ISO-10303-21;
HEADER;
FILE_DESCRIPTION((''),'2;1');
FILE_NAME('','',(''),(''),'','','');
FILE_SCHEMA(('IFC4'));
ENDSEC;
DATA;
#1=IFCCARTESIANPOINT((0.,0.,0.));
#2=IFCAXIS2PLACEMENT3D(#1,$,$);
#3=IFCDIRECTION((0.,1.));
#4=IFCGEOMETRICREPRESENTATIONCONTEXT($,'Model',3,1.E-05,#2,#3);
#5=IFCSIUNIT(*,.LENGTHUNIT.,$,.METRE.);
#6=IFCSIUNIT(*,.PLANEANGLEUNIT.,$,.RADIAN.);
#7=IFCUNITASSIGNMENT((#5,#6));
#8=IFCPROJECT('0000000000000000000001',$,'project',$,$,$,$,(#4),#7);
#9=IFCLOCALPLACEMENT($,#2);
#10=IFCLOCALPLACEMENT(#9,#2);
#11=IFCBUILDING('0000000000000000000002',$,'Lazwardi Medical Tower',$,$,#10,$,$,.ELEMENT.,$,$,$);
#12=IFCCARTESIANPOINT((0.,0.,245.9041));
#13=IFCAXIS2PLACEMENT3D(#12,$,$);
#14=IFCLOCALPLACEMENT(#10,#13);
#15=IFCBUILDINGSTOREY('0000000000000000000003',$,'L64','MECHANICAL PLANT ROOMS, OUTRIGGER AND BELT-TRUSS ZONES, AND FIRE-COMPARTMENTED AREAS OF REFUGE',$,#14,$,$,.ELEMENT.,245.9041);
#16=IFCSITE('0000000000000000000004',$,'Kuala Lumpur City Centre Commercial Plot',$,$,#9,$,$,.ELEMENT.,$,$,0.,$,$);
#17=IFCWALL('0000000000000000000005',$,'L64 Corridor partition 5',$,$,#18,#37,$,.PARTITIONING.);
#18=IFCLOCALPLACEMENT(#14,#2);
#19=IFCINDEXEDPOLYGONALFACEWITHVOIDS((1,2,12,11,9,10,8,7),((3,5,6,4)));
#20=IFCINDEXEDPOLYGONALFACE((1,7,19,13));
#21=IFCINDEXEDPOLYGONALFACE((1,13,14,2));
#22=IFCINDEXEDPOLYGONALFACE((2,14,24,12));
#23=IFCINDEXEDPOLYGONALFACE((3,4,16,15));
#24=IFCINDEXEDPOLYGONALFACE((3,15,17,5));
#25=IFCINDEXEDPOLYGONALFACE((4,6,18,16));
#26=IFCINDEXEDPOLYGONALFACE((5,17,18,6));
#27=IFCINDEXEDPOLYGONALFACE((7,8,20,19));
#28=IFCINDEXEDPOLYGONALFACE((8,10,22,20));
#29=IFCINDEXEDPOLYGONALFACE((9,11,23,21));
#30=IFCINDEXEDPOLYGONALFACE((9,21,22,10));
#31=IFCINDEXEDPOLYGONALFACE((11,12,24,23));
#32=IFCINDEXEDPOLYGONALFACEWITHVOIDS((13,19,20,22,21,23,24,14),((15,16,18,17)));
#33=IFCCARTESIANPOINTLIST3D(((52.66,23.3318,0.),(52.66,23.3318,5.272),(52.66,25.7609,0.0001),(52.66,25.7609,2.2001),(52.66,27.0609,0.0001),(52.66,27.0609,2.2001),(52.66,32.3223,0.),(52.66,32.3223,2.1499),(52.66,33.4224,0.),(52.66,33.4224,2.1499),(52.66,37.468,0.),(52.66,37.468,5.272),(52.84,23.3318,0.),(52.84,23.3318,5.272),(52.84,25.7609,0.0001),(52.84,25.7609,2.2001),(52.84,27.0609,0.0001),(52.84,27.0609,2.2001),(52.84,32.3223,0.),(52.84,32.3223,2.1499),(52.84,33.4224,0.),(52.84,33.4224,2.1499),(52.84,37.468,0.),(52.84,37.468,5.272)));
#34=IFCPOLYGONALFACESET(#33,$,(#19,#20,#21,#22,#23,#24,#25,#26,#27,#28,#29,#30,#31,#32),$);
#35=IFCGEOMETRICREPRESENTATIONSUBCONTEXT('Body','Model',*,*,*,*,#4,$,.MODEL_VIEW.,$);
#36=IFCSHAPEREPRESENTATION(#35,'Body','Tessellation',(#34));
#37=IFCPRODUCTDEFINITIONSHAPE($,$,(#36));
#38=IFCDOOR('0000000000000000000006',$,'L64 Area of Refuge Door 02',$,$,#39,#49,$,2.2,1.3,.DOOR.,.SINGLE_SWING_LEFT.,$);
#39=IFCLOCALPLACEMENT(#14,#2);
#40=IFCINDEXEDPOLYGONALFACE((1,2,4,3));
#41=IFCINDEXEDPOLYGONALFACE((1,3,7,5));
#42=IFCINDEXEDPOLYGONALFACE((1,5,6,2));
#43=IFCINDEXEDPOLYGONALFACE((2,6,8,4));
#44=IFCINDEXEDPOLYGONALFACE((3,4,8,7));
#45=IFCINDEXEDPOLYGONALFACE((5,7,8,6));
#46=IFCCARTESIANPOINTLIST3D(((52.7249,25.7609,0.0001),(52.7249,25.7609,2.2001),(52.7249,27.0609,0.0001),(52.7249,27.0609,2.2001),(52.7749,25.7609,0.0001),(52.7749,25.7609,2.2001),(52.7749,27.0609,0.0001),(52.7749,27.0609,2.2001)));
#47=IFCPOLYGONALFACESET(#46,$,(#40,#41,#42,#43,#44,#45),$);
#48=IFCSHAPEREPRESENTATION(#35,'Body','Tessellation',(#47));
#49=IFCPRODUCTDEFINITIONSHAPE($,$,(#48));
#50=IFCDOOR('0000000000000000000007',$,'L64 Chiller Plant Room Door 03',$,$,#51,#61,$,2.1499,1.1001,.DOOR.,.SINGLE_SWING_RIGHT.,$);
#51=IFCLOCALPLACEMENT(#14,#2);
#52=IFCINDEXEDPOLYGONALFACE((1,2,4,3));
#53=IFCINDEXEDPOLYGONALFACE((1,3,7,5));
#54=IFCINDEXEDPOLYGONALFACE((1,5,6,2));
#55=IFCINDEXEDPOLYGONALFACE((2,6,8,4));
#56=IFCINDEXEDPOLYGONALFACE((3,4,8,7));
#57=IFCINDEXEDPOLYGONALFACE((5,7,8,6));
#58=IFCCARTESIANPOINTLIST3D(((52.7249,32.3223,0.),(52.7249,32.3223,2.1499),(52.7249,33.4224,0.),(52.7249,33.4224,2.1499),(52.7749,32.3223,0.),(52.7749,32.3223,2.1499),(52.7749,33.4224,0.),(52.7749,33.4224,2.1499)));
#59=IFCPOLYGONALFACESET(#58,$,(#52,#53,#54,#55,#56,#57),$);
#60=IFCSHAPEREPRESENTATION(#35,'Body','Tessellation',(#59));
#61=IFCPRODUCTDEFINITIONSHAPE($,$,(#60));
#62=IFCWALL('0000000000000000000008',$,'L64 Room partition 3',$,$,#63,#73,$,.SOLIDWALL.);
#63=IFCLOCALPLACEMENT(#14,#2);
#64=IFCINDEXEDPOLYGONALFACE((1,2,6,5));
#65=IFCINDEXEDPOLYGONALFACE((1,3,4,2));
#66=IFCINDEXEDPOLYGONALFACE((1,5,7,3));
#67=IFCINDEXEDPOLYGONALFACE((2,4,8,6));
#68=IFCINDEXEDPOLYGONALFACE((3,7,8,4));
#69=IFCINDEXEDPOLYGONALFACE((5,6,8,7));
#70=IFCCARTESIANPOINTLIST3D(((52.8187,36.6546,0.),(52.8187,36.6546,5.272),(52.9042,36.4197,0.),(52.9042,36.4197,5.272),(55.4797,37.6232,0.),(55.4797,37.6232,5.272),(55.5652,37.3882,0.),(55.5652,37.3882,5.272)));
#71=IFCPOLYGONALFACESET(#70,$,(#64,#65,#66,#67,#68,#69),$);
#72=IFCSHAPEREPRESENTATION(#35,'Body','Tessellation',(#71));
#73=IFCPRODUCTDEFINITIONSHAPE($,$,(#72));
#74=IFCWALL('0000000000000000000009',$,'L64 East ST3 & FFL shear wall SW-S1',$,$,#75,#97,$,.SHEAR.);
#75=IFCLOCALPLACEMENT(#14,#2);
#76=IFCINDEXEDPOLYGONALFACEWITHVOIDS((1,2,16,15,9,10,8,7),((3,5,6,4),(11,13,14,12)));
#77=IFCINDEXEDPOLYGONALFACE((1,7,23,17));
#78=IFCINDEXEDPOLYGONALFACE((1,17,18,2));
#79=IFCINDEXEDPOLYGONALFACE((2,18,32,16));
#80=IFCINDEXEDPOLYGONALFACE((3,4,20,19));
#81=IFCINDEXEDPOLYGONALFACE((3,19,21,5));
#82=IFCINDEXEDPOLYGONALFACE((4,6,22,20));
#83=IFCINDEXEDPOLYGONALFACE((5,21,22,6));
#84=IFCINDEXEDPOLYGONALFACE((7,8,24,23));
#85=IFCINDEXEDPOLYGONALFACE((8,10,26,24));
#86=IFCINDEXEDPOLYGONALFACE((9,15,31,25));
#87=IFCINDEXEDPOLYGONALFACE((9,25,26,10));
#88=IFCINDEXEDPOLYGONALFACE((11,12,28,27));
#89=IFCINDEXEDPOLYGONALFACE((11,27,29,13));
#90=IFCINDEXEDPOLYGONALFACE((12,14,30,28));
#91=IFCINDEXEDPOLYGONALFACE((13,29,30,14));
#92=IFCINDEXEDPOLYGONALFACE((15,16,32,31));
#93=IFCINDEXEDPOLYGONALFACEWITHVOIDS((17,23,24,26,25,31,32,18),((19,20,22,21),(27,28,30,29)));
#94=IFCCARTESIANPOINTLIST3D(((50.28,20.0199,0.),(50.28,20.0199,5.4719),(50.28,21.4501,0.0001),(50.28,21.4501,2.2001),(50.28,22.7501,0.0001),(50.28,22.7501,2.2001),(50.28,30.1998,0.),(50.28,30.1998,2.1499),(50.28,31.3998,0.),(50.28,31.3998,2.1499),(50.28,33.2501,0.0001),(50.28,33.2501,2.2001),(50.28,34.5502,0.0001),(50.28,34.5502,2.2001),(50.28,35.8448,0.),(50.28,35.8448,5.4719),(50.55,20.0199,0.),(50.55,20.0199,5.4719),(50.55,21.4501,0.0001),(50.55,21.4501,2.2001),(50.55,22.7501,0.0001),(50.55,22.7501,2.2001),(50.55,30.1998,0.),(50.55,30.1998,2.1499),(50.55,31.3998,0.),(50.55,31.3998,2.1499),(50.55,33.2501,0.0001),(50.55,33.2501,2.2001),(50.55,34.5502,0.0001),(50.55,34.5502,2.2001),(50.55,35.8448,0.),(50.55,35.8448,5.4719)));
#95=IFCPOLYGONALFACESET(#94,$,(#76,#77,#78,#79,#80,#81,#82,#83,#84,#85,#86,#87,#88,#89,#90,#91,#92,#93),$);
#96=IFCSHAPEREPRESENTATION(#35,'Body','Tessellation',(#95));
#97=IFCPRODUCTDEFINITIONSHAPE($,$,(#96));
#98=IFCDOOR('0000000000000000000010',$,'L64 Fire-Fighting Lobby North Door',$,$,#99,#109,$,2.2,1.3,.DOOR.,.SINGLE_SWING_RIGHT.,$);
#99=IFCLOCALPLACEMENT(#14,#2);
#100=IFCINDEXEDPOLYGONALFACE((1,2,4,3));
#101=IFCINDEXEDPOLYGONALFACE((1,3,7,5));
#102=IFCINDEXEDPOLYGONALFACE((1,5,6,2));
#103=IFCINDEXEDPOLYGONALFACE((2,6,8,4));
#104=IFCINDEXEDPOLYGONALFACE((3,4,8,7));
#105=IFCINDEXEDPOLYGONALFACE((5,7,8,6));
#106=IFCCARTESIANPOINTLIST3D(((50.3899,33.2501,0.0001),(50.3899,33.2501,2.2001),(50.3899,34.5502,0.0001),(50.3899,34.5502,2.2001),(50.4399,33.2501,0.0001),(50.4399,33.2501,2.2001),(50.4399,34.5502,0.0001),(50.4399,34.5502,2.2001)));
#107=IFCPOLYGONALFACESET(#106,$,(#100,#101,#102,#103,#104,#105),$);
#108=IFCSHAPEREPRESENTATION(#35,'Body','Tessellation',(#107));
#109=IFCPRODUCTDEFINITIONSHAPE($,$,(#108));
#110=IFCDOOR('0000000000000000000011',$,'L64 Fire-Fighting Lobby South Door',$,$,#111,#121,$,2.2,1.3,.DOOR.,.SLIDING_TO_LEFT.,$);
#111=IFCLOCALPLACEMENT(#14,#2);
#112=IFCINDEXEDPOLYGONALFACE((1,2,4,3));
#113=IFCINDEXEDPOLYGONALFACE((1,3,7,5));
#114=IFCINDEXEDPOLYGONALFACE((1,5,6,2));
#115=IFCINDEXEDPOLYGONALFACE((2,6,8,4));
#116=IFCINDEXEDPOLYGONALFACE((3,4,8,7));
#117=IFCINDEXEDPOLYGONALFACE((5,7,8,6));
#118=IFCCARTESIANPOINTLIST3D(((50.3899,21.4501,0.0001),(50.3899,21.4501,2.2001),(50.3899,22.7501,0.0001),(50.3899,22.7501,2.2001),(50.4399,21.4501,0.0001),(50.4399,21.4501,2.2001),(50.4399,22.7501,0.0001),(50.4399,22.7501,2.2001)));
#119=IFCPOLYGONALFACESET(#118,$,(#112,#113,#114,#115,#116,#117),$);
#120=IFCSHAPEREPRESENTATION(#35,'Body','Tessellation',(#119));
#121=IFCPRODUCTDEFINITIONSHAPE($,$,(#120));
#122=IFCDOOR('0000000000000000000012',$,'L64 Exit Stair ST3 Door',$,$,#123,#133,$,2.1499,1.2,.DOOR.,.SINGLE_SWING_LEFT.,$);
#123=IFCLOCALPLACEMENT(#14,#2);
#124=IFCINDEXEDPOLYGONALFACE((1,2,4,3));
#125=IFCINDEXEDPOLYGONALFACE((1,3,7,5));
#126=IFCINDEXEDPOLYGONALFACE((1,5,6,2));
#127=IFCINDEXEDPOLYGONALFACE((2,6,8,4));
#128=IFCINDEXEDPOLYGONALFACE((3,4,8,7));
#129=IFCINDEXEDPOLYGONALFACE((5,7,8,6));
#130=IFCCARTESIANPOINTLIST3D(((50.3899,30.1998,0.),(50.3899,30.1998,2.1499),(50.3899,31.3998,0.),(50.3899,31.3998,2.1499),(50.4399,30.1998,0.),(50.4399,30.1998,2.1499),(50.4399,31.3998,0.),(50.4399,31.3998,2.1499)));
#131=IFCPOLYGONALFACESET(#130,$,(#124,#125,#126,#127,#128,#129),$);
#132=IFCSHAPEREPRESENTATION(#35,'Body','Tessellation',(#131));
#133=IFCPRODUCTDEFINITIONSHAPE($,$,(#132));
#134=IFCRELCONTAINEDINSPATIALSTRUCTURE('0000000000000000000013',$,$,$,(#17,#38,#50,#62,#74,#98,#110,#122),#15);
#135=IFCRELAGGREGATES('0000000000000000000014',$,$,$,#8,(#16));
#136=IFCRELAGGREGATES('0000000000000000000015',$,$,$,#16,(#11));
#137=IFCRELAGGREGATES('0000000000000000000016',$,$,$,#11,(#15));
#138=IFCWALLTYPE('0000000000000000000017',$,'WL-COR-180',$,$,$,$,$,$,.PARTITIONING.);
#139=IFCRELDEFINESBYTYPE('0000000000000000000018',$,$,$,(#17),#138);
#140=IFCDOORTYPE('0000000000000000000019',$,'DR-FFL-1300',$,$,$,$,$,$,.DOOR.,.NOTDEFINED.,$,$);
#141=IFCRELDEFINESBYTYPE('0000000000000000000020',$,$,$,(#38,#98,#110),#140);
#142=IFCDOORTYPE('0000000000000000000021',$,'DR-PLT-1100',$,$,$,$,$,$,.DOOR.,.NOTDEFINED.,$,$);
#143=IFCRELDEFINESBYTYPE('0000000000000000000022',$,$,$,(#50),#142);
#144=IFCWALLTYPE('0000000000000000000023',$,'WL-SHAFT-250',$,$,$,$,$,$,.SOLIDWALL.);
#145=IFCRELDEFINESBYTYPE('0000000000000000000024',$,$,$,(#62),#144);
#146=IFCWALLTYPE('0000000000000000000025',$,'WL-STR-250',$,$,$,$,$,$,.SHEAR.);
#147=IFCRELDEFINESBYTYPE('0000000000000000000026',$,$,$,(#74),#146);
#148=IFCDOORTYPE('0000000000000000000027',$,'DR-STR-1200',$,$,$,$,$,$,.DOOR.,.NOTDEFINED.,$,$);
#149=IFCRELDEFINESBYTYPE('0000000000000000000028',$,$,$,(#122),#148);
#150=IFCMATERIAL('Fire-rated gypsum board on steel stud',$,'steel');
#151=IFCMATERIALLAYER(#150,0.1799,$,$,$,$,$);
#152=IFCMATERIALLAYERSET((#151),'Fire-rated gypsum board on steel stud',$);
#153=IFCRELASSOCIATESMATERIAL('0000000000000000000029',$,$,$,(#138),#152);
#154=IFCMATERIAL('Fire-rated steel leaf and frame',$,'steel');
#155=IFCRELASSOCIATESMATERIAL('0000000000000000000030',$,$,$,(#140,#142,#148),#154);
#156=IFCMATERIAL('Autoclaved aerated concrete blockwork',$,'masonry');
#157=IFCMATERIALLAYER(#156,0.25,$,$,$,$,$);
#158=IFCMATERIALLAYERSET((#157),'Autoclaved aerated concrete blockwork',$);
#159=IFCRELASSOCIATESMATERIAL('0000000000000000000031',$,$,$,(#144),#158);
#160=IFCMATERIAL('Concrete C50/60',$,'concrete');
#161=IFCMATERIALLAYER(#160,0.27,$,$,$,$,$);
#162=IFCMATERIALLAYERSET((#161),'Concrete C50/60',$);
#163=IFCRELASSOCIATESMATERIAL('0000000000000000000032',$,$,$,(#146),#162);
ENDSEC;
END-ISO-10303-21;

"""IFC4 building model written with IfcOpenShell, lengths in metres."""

from ifc_helpers import new_model, si_unit, direction, frame, frame_2d, origin, place, context, subcontext, project, spatial, rectangle, extrude, material, layer, layer_set, type_object, element, fill, save


model = new_model("IFC4")

# Units and contexts
model_context = context("Model", 3, precision=1e-05, world=origin(), true_north=direction((0.0, 1.0)))
body_context = subcontext(model_context, "Body", "Model", "MODEL_VIEW")
ifc_project = project(units=[si_unit("LENGTHUNIT", "METRE"), si_unit("PLANEANGLEUNIT", "RADIAN")], contexts=[model_context])

# Site, building, storey
site_placement = place(None, origin())
site = spatial("IfcSite", under=ifc_project, at=site_placement, Name="Kuala Lumpur City Centre Commercial Plot", CompositionType="ELEMENT", RefElevation=0.0)
building_placement = place(site_placement, origin())
building = spatial("IfcBuilding", under=site, at=building_placement, Name="Lazwardi Medical Tower", CompositionType="ELEMENT")
storey_placement = place(building_placement, frame((0.0, 0.0, 245.9041)))
storey = spatial("IfcBuildingStorey", under=building, at=storey_placement, Name="L64", Description="MECHANICAL PLANT ROOMS, OUTRIGGER AND BELT-TRUSS ZONES, AND FIRE-COMPARTMENTED AREAS OF REFUGE", CompositionType="ELEMENT", Elevation=245.9041)

# Wall, openings, doors
ifc_material_1 = material(Name="Fire-rated gypsum board on steel stud", Category="steel")
ifc_layer_1 = layer(ifc_material_1, 0.1799)
ifc_layer_set_1 = layer_set([ifc_layer_1], Name="Fire-rated gypsum board on steel stud")
wall_type_1 = type_object("IfcWallType", Name="WL-COR-180", PredefinedType="PARTITIONING", material=ifc_layer_set_1)
wall_1_placement = place(storey_placement, frame((52.75, 37.468, 0.0), z_axis=(0.0, 0.0, 1.0), x_axis=(0.0, -1.0, 0.0)))
wall_1 = element("IfcWall", 1, at=wall_1_placement, inside=storey, type_object=wall_type_1, Name="L64 Corridor partition 5", PredefinedType="PARTITIONING", context=body_context, shape_type="SweptSolid", body=[
    extrude(rectangle(XDim=14.1362, YDim=0.1799, at=frame_2d((7.0681, 0.0))), origin(), (0.0, 0.0, 1.0), 5.272),
])
opening_1_placement = place(wall_1_placement, frame((10.4072, 0.0, 0.0)))
opening_1 = element("IfcOpeningElement", 2, at=opening_1_placement, cuts=wall_1, PredefinedType="OPENING", context=body_context, shape_type="SweptSolid", body=[
    extrude(rectangle(XDim=1.3, YDim=2.2, at=frame_2d((0.6499, 1.1001))), frame((0.0, 0.0999, 0.0), z_axis=(0.0, -1.0, 0.0), x_axis=(1.0, 0.0, 0.0)), (0.0, 0.0, 1.0), 0.2),
])
opening_2_placement = place(wall_1_placement, frame((4.0457, 0.0, 0.0)))
opening_2 = element("IfcOpeningElement", 3, at=opening_2_placement, cuts=wall_1, PredefinedType="OPENING", context=body_context, shape_type="SweptSolid", body=[
    extrude(rectangle(XDim=1.1001, YDim=2.1499, at=frame_2d((0.55, 1.075))), frame((0.0, 0.0999, 0.0), z_axis=(0.0, -1.0, 0.0), x_axis=(1.0, 0.0, 0.0)), (0.0, 0.0, 1.0), 0.2),
])
ifc_material_2 = material(Name="Fire-rated steel leaf and frame", Category="steel")
door_type_1 = type_object("IfcDoorType", Name="DR-FFL-1300", OperationType="NOTDEFINED", PredefinedType="DOOR", material=ifc_material_2)
door_1_placement = place(opening_1_placement, origin())
door_1 = element("IfcDoor", 4, at=door_1_placement, inside=storey, type_object=door_type_1, Name="L64 Area of Refuge Door 02", OperationType="SINGLE_SWING_LEFT", OverallHeight=2.2, OverallWidth=1.3, PredefinedType="DOOR", context=body_context, shape_type="SweptSolid", body=[
    extrude(rectangle(XDim=1.3, YDim=2.2, at=frame_2d((0.6499, 1.1001))), frame((0.0, 0.0249, 0.0), z_axis=(0.0, -1.0, 0.0), x_axis=(1.0, 0.0, 0.0)), (0.0, 0.0, 1.0), 0.05),
])
fill(opening_1, door_1)
door_type_2 = type_object("IfcDoorType", Name="DR-PLT-1100", OperationType="NOTDEFINED", PredefinedType="DOOR", material=ifc_material_2)
door_2_placement = place(opening_2_placement, origin())
door_2 = element("IfcDoor", 5, at=door_2_placement, inside=storey, type_object=door_type_2, Name="L64 Chiller Plant Room Door 03", OperationType="SINGLE_SWING_RIGHT", OverallHeight=2.1499, OverallWidth=1.1001, PredefinedType="DOOR", context=body_context, shape_type="SweptSolid", body=[
    extrude(rectangle(XDim=1.1001, YDim=2.1499, at=frame_2d((0.55, 1.075))), frame((0.0, 0.0249, 0.0), z_axis=(0.0, -1.0, 0.0), x_axis=(1.0, 0.0, 0.0)), (0.0, 0.0, 1.0), 0.05),
])
fill(opening_2, door_2)

# Wall
ifc_material_3 = material(Name="Autoclaved aerated concrete blockwork", Category="masonry")
ifc_layer_2 = layer(ifc_material_3, 0.25)
ifc_layer_set_2 = layer_set([ifc_layer_2], Name="Autoclaved aerated concrete blockwork")
wall_type_2 = type_object("IfcWallType", Name="WL-SHAFT-250", PredefinedType="SOLIDWALL", material=ifc_layer_set_2)
wall_2_placement = place(storey_placement, frame((52.8613, 36.5371, 0.0), z_axis=(0.0, 0.0, 1.0), x_axis=(0.93969, 0.342027, 0.0)))
element("IfcWall", 6, at=wall_2_placement, inside=storey, type_object=wall_type_2, Name="L64 Room partition 3", PredefinedType="SOLIDWALL", context=body_context, shape_type="SweptSolid", body=[
    extrude(rectangle(XDim=2.8318, YDim=0.25, at=frame_2d((1.416, 0.0))), origin(), (0.0, 0.0, 1.0), 5.272),
])

# Wall, openings, doors
ifc_material_4 = material(Name="Concrete C50/60", Category="concrete")
ifc_layer_3 = layer(ifc_material_4, 0.27)
ifc_layer_set_3 = layer_set([ifc_layer_3], Name="Concrete C50/60")
wall_type_3 = type_object("IfcWallType", Name="WL-STR-250", PredefinedType="SHEAR", material=ifc_layer_set_3)
wall_3_placement = place(storey_placement, frame((50.415, 35.845, 0.0), z_axis=(0.0, 0.0, 1.0), x_axis=(0.0, -1.0, 0.0)))
wall_3 = element("IfcWall", 7, at=wall_3_placement, inside=storey, type_object=wall_type_3, Name="L64 East ST3 & FFL shear wall SW-S1", PredefinedType="SHEAR", context=body_context, shape_type="SweptSolid", body=[
    extrude(rectangle(XDim=15.825, YDim=0.27, at=frame_2d((7.9126, 0.0))), origin(), (0.0, 0.0, 1.0), 5.4719),
])
opening_3_placement = place(wall_3_placement, frame((4.4451, 0.0, 0.0)))
opening_3 = element("IfcOpeningElement", 8, at=opening_3_placement, cuts=wall_3, PredefinedType="OPENING", context=body_context, shape_type="SweptSolid", body=[
    extrude(rectangle(XDim=1.2, YDim=2.1499, at=frame_2d((0.6001, 1.075))), frame((0.0, 0.145, 0.0), z_axis=(0.0, -1.0, 0.0), x_axis=(1.0, 0.0, 0.0)), (0.0, 0.0, 1.0), 0.29),
])
opening_4_placement = place(wall_3_placement, frame((1.2949, 0.0, 0.0)))
opening_4 = element("IfcOpeningElement", 9, at=opening_4_placement, cuts=wall_3, PredefinedType="OPENING", context=body_context, shape_type="SweptSolid", body=[
    extrude(rectangle(XDim=1.3, YDim=2.2, at=frame_2d((0.6499, 1.1001))), frame((0.0, 0.145, 0.0), z_axis=(0.0, -1.0, 0.0), x_axis=(1.0, 0.0, 0.0)), (0.0, 0.0, 1.0), 0.29),
])
opening_5_placement = place(wall_3_placement, frame((13.095, 0.0, 0.0)))
opening_5 = element("IfcOpeningElement", 10, at=opening_5_placement, cuts=wall_3, PredefinedType="OPENING", context=body_context, shape_type="SweptSolid", body=[
    extrude(rectangle(XDim=1.3, YDim=2.2, at=frame_2d((0.6499, 1.1001))), frame((0.0, 0.145, 0.0), z_axis=(0.0, -1.0, 0.0), x_axis=(1.0, 0.0, 0.0)), (0.0, 0.0, 1.0), 0.29),
])
door_3_placement = place(opening_4_placement, origin())
door_3 = element("IfcDoor", 11, at=door_3_placement, inside=storey, type_object=door_type_1, Name="L64 Fire-Fighting Lobby North Door", OperationType="SINGLE_SWING_RIGHT", OverallHeight=2.2, OverallWidth=1.3, PredefinedType="DOOR", context=body_context, shape_type="SweptSolid", body=[
    extrude(rectangle(XDim=1.3, YDim=2.2, at=frame_2d((0.6499, 1.1001))), frame((0.0, 0.0249, 0.0), z_axis=(0.0, -1.0, 0.0), x_axis=(1.0, 0.0, 0.0)), (0.0, 0.0, 1.0), 0.05),
])
fill(opening_4, door_3)
door_4_placement = place(opening_5_placement, origin())
door_4 = element("IfcDoor", 12, at=door_4_placement, inside=storey, type_object=door_type_1, Name="L64 Fire-Fighting Lobby South Door", OperationType="SLIDING_TO_LEFT", OverallHeight=2.2, OverallWidth=1.3, PredefinedType="DOOR", context=body_context, shape_type="SweptSolid", body=[
    extrude(rectangle(XDim=1.3, YDim=2.2, at=frame_2d((0.6499, 1.1001))), frame((0.0, 0.0249, 0.0), z_axis=(0.0, -1.0, 0.0), x_axis=(1.0, 0.0, 0.0)), (0.0, 0.0, 1.0), 0.05),
])
fill(opening_5, door_4)
door_type_3 = type_object("IfcDoorType", Name="DR-STR-1200", OperationType="NOTDEFINED", PredefinedType="DOOR", material=ifc_material_2)
door_5_placement = place(opening_3_placement, origin())
door_5 = element("IfcDoor", 13, at=door_5_placement, inside=storey, type_object=door_type_3, Name="L64 Exit Stair ST3 Door", OperationType="SINGLE_SWING_LEFT", OverallHeight=2.1499, OverallWidth=1.2, PredefinedType="DOOR", context=body_context, shape_type="SweptSolid", body=[
    extrude(rectangle(XDim=1.2, YDim=2.1499, at=frame_2d((0.6001, 1.075))), frame((0.0, 0.0249, 0.0), z_axis=(0.0, -1.0, 0.0), x_axis=(1.0, 0.0, 0.0)), (0.0, 0.0, 1.0), 0.05),
])
fill(opening_3, door_5)

save(model, "model.ifc")
